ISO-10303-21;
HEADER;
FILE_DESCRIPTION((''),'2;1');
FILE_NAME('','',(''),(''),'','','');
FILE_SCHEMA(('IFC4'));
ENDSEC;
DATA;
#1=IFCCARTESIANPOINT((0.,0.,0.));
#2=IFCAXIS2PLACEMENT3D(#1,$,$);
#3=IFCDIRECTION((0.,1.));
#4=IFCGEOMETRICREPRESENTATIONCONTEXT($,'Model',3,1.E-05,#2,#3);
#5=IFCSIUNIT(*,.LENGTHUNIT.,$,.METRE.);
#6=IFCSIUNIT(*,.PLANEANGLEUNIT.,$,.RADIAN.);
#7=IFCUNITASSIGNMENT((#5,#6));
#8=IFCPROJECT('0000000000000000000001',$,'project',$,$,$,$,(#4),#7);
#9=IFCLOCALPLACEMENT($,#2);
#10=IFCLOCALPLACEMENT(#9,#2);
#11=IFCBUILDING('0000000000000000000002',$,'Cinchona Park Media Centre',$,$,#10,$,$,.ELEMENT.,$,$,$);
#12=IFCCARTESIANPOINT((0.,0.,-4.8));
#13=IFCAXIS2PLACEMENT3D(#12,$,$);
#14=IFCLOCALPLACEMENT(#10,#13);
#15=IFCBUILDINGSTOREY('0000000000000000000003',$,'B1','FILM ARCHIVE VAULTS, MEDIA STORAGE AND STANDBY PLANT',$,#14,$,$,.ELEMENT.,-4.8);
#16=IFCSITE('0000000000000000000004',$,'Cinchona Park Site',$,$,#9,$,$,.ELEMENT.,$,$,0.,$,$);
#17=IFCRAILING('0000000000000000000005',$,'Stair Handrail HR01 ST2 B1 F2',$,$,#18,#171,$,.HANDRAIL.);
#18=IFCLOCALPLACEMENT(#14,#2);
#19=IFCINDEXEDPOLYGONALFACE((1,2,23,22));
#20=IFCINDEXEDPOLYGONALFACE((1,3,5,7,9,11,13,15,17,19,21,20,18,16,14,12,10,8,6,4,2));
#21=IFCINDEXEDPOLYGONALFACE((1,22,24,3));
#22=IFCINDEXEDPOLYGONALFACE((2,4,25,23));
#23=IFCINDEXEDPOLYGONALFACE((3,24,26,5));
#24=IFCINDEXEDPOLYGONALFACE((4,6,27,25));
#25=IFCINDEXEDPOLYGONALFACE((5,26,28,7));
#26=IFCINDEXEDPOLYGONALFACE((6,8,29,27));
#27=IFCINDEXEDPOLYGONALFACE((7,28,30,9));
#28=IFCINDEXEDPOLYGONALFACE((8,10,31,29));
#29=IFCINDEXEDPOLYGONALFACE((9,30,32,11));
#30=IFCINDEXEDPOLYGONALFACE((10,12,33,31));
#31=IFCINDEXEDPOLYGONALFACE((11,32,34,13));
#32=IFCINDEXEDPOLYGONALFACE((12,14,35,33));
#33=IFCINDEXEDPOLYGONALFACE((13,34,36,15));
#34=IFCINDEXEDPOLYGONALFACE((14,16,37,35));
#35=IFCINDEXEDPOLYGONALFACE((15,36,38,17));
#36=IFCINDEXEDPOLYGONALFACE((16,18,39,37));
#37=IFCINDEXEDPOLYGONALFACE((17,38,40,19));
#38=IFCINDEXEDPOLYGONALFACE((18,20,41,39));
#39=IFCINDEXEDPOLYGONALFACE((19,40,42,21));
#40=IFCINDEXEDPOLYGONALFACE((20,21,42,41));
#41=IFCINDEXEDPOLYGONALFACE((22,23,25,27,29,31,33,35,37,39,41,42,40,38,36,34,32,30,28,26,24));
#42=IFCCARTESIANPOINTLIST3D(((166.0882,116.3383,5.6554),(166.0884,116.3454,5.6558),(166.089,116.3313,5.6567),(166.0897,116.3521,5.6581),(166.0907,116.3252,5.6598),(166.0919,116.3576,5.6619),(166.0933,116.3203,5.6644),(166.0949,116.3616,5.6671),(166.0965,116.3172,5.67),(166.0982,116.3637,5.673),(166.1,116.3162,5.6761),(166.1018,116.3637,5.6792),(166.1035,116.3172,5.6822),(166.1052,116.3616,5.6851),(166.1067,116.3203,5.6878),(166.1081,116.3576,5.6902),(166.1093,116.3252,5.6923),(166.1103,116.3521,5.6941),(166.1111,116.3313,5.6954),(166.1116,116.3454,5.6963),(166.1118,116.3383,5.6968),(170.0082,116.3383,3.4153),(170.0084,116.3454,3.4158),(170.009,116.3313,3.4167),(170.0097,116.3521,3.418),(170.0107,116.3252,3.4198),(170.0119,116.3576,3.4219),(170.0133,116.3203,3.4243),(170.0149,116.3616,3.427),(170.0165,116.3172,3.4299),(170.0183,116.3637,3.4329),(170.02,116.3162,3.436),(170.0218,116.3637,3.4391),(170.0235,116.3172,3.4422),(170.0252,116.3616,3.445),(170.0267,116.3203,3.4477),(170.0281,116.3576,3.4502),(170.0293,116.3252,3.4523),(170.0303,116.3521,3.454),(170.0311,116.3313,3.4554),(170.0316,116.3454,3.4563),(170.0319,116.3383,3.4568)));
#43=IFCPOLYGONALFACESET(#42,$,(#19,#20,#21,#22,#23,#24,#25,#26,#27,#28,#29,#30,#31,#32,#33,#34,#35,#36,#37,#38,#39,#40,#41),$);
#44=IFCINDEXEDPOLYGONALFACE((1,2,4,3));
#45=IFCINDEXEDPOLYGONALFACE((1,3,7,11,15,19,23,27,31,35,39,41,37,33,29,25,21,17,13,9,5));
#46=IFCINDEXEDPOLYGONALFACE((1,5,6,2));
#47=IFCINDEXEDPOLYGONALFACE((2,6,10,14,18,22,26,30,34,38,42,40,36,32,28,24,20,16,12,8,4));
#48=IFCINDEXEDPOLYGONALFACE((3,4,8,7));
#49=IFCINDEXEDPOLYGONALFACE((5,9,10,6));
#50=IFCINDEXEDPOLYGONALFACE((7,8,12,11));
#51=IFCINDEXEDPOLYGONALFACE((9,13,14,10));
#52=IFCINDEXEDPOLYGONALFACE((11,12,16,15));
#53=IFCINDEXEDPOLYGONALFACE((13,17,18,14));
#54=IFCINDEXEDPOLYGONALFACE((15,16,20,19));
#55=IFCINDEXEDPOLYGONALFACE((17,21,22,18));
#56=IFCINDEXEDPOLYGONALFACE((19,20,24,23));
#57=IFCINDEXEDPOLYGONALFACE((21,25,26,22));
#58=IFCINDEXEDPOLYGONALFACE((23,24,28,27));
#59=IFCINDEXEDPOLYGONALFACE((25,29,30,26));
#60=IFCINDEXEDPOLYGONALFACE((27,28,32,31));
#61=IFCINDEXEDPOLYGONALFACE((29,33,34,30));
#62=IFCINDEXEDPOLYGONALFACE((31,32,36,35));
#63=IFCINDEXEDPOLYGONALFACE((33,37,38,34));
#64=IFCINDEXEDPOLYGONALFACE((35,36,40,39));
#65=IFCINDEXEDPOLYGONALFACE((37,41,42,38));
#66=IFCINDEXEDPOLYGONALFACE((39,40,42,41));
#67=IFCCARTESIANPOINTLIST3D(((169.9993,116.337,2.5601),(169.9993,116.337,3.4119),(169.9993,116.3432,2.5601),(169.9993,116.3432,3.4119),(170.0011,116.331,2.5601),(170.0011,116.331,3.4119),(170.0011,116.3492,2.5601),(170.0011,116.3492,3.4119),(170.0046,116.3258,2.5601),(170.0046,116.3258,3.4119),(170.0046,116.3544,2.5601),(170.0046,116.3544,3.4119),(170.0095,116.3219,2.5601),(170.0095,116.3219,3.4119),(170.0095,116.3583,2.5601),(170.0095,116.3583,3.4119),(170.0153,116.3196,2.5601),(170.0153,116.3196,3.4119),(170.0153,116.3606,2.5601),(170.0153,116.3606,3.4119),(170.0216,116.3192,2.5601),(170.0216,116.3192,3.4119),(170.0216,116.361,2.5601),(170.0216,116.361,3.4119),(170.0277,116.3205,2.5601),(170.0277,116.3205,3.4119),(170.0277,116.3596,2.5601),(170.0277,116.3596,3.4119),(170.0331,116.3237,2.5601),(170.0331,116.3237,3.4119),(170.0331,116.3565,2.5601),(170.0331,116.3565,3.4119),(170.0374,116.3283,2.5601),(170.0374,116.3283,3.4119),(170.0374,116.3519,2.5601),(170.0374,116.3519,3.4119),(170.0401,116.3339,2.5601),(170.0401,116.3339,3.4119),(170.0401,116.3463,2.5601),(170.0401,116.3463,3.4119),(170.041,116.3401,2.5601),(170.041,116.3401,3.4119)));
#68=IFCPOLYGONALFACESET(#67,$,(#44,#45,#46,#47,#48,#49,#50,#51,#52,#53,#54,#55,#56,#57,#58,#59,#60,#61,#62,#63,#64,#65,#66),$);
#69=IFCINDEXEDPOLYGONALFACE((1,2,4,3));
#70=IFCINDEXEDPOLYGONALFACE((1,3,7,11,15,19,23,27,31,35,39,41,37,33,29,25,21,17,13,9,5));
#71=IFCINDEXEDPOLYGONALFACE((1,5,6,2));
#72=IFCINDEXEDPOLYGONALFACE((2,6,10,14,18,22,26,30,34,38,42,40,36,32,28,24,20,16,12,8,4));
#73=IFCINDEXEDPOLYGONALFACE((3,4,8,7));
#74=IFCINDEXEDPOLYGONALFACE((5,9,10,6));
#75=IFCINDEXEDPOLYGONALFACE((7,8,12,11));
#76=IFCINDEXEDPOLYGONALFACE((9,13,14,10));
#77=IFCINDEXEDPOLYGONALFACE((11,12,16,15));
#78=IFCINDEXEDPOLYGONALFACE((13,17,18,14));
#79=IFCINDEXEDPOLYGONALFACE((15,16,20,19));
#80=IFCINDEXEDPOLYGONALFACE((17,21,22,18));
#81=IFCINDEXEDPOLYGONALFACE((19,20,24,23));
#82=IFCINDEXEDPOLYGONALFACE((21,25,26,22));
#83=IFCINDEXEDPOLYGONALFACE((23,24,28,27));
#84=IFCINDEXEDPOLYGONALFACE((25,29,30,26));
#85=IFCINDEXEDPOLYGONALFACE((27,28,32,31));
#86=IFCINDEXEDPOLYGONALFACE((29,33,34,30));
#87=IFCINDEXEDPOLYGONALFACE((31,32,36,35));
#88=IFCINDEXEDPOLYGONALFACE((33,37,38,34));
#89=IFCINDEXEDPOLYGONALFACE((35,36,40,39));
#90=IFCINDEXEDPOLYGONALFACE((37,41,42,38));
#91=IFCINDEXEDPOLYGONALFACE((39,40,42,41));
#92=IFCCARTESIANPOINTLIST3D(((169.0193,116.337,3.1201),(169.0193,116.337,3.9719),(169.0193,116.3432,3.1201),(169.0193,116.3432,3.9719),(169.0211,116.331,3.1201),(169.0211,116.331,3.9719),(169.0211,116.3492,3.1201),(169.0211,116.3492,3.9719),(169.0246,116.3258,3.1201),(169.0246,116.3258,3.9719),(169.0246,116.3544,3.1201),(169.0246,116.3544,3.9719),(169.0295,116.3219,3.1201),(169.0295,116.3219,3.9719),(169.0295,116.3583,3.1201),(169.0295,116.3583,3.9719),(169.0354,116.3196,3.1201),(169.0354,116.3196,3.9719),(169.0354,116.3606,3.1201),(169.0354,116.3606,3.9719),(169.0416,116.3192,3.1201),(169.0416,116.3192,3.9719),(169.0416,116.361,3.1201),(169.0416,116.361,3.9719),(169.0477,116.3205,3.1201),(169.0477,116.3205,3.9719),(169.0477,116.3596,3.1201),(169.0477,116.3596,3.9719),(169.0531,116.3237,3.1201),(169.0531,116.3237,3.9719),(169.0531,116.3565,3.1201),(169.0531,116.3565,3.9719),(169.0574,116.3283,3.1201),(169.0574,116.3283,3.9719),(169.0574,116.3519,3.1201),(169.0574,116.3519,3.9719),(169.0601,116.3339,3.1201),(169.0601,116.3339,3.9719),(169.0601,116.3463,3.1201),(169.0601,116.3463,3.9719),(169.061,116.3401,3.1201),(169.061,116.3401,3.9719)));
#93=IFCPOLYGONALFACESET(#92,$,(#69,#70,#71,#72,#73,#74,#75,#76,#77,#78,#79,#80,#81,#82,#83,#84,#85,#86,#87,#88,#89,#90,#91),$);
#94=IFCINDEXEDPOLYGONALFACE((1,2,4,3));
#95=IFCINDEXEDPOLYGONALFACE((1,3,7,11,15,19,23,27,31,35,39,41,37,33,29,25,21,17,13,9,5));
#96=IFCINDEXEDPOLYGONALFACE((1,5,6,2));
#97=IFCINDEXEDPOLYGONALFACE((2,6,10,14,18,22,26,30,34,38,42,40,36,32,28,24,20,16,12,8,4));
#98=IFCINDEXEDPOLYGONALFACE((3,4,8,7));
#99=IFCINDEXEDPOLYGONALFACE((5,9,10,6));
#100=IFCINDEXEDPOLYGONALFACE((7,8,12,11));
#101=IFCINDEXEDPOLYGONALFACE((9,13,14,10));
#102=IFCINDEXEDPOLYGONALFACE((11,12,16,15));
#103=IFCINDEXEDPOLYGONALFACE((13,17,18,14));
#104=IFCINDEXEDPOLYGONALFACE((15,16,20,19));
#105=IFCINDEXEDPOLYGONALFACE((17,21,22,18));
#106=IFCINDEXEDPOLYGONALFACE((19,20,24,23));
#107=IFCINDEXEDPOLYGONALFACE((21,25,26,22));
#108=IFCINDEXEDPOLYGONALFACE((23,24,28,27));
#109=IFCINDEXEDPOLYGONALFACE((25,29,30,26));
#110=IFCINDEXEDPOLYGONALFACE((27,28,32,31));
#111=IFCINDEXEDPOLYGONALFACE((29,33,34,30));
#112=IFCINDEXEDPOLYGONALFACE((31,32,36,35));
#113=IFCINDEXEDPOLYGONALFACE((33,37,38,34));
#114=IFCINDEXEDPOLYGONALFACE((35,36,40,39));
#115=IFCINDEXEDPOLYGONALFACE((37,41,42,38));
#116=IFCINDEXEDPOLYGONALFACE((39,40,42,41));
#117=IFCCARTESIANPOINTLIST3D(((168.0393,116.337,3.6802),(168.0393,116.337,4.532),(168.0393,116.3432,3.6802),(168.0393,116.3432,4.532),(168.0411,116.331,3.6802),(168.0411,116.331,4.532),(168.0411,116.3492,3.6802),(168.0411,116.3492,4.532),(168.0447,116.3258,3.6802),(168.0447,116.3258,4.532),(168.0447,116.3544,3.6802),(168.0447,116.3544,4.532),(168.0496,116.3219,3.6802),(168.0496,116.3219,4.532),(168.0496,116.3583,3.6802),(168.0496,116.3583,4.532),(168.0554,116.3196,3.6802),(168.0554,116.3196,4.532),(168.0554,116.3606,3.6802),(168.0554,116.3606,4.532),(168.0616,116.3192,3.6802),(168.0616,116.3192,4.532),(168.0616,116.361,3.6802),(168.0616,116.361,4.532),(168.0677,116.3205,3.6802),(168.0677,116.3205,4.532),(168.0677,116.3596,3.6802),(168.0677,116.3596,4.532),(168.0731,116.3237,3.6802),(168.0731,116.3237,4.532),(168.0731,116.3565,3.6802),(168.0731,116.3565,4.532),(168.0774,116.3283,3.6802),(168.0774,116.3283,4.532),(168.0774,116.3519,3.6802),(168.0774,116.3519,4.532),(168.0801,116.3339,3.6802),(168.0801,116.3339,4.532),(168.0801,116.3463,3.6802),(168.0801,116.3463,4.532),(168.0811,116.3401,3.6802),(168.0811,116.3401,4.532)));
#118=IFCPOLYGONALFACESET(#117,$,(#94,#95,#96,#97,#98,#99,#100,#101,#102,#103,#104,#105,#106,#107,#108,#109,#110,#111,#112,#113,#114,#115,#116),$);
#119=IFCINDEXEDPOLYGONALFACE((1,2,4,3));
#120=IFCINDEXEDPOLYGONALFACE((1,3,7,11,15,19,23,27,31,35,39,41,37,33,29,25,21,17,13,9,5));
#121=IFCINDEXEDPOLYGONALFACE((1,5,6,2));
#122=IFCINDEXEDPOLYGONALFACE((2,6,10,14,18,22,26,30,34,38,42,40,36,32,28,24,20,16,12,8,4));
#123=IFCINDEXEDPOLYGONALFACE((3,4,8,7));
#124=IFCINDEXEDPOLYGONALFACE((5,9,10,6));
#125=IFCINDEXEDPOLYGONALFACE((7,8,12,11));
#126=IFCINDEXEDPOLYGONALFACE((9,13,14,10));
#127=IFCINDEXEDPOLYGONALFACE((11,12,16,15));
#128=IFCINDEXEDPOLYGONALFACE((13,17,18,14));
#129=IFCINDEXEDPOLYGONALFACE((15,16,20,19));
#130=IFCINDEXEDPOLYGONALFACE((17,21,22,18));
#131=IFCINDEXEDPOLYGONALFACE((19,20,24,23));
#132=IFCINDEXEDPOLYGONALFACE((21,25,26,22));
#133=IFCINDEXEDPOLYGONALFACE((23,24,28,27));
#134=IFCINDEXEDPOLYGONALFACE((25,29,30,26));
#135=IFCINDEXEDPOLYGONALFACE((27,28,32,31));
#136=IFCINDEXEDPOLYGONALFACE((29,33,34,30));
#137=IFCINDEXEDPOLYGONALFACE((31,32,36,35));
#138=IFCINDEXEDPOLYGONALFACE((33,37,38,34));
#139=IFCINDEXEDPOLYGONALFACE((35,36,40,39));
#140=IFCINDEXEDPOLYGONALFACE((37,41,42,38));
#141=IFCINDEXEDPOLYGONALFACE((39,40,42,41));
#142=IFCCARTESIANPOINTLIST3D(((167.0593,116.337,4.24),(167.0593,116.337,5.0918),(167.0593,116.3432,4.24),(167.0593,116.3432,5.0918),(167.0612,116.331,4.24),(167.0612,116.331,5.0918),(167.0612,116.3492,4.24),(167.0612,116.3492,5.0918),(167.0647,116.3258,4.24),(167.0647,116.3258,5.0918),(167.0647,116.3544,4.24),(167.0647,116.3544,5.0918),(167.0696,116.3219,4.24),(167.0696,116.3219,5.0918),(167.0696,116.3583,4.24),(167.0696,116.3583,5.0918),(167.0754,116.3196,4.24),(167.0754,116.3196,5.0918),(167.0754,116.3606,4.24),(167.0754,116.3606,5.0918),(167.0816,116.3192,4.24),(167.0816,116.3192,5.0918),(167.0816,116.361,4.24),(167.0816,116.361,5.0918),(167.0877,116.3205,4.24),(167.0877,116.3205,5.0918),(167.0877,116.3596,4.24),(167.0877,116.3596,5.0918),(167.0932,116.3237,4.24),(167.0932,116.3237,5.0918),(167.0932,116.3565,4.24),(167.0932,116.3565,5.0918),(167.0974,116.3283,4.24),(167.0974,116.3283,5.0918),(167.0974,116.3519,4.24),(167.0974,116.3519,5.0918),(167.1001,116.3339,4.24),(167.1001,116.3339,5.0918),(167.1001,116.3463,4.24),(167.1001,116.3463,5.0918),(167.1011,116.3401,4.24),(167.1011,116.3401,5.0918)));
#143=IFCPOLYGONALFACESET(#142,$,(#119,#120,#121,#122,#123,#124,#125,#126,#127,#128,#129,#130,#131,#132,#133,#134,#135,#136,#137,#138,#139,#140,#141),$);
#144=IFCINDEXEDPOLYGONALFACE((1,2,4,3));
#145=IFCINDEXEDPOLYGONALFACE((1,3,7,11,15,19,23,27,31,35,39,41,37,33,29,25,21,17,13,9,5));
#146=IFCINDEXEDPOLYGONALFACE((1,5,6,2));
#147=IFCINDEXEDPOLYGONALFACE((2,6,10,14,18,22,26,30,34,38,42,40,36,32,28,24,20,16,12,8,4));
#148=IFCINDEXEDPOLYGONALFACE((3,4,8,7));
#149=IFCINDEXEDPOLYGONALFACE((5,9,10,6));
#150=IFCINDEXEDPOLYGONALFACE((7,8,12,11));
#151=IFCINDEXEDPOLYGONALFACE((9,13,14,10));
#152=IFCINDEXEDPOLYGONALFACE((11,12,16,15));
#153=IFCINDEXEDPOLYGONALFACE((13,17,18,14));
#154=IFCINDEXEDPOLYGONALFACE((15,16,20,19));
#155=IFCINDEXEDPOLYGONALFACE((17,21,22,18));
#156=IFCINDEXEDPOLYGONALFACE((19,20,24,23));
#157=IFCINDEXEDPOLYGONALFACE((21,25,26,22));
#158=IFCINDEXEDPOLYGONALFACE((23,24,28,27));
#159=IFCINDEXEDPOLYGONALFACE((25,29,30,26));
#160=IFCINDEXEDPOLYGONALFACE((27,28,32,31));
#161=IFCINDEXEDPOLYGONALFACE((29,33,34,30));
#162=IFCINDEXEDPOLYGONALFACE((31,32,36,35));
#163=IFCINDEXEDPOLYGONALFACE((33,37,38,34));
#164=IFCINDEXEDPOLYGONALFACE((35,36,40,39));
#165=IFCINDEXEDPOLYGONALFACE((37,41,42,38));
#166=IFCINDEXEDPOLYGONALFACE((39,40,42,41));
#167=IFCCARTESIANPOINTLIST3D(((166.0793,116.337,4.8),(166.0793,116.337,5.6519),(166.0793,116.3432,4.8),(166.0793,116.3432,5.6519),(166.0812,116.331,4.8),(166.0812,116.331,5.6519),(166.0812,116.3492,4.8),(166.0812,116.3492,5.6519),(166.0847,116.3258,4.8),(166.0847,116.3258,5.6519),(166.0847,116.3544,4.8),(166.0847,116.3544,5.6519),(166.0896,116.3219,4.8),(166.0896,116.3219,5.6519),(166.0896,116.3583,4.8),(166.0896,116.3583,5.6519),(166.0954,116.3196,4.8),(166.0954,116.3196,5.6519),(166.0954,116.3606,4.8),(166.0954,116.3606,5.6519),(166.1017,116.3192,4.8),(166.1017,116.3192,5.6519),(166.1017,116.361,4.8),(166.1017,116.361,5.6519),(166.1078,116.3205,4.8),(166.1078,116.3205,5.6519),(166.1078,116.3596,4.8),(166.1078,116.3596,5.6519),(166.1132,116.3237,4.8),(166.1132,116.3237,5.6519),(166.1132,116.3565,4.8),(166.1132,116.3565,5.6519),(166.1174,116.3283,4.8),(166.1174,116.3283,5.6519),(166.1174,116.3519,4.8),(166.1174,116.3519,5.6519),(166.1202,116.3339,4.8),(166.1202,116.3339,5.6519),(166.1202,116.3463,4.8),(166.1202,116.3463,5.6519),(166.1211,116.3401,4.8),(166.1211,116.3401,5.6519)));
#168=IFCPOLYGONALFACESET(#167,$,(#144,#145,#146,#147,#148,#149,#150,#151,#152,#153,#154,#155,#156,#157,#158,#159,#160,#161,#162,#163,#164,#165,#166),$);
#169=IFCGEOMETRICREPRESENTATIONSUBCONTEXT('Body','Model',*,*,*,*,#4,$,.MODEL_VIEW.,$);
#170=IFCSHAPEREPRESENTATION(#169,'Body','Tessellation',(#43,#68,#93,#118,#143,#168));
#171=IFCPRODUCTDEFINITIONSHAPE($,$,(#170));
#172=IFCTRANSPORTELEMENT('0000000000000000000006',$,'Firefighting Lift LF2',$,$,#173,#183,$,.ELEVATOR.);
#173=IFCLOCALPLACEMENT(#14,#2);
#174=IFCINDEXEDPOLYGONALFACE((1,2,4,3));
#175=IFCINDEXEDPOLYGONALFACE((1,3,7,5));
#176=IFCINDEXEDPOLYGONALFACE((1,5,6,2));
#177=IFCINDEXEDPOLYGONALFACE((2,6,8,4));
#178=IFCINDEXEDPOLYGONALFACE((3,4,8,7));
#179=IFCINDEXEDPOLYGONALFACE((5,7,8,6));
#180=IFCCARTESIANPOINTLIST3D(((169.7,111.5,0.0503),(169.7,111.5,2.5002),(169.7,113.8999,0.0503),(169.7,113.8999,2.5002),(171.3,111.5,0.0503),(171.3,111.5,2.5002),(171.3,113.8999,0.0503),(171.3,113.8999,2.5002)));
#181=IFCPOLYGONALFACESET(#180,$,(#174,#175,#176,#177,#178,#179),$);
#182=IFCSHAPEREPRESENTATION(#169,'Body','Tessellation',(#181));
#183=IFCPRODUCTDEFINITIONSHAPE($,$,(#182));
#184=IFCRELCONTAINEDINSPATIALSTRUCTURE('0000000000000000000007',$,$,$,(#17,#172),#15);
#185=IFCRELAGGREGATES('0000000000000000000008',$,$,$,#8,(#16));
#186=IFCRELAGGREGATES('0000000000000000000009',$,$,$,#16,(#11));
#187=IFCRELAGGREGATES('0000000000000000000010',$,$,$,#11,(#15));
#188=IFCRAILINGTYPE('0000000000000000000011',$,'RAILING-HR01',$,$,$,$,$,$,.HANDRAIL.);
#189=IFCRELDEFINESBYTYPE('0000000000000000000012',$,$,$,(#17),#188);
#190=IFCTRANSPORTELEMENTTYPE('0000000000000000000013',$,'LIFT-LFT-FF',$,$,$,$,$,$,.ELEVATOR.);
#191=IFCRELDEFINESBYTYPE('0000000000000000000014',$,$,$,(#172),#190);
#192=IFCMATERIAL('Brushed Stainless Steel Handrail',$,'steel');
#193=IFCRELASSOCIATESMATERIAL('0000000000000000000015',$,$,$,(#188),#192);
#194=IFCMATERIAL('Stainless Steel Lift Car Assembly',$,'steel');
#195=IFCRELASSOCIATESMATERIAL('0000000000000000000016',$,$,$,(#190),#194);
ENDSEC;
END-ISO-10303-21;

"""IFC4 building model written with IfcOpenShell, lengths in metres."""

from ifc_helpers import new_model, si_unit, direction, frame, origin, origin_2d, place, context, subcontext, project, spatial, rectangle, circle, extrude, material, type_object, element, save


model = new_model("IFC4")

# Units and contexts
model_context = context("Model", 3, precision=1e-05, world=origin(), true_north=direction((0.0, 1.0)))
body_context = subcontext(model_context, "Body", "Model", "MODEL_VIEW")
ifc_project = project(units=[si_unit("LENGTHUNIT", "METRE"), si_unit("PLANEANGLEUNIT", "RADIAN")], contexts=[model_context])

# Site, building, storey
site_placement = place(None, origin())
site = spatial("IfcSite", under=ifc_project, at=site_placement, Name="Cinchona Park Site", CompositionType="ELEMENT", RefElevation=0.0)
building_placement = place(site_placement, origin())
building = spatial("IfcBuilding", under=site, at=building_placement, Name="Cinchona Park Media Centre", CompositionType="ELEMENT")
storey_placement = place(building_placement, frame((0.0, 0.0, -4.8)))
storey = spatial("IfcBuildingStorey", under=building, at=storey_placement, Name="B1", Description="FILM ARCHIVE VAULTS, MEDIA STORAGE AND STANDBY PLANT", CompositionType="ELEMENT", Elevation=-4.8)

# Railing
ifc_material_1 = material(Name="Brushed Stainless Steel Handrail", Category="steel")
railing_type_1 = type_object("IfcRailingType", Name="RAILING-HR01", PredefinedType="HANDRAIL", material=ifc_material_1)
railing_1_placement = place(storey_placement, frame((170.02, 116.3401, 2.5601)))
element("IfcRailing", 1, at=railing_1_placement, inside=storey, type_object=railing_type_1, Name="Stair Handrail HR01 ST2 B1 F2", PredefinedType="HANDRAIL", context=body_context, shape_type="SweptSolid", body=[
    extrude(circle(Radius=0.0239, at=origin_2d()), frame((0.0, 0.0, 0.876), z_axis=(-0.86824, 0.0, 0.496145), x_axis=(0.0, -1.0, 0.0)), (0.0, 0.0, 1.0), 4.5149),
    extrude(circle(Radius=0.021, at=origin_2d()), origin(), (0.0, 0.0, 1.0), 0.8518),
    extrude(circle(Radius=0.021, at=origin_2d()), frame((-0.98, 0.0, 0.5601)), (0.0, 0.0, 1.0), 0.8518),
    extrude(circle(Radius=0.021, at=origin_2d()), frame((-1.96, 0.0, 1.1201)), (0.0, 0.0, 1.0), 0.8518),
    extrude(circle(Radius=0.021, at=origin_2d()), frame((-2.9399, 0.0, 1.6799)), (0.0, 0.0, 1.0), 0.8518),
    extrude(circle(Radius=0.021, at=origin_2d()), frame((-3.9199, 0.0, 2.24)), (0.0, 0.0, 1.0), 0.8518),
])

# Transport element
ifc_material_2 = material(Name="Stainless Steel Lift Car Assembly", Category="steel")
transport_element_type = type_object("IfcTransportElementType", Name="LIFT-LFT-FF", PredefinedType="ELEVATOR", material=ifc_material_2)
transport_element_placement = place(storey_placement, frame((170.5, 112.7, 0.0503), z_axis=(0.0, 0.0, 1.0), x_axis=(1.0, 0.0, 0.0)))
element("IfcTransportElement", 2, at=transport_element_placement, inside=storey, type_object=transport_element_type, Name="Firefighting Lift LF2", PredefinedType="ELEVATOR", context=body_context, shape_type="SweptSolid", body=[
    extrude(rectangle(XDim=1.6001, YDim=2.3999, at=origin_2d()), origin(), (0.0, 0.0, 1.0), 2.45),
])

save(model, "model.ifc")
